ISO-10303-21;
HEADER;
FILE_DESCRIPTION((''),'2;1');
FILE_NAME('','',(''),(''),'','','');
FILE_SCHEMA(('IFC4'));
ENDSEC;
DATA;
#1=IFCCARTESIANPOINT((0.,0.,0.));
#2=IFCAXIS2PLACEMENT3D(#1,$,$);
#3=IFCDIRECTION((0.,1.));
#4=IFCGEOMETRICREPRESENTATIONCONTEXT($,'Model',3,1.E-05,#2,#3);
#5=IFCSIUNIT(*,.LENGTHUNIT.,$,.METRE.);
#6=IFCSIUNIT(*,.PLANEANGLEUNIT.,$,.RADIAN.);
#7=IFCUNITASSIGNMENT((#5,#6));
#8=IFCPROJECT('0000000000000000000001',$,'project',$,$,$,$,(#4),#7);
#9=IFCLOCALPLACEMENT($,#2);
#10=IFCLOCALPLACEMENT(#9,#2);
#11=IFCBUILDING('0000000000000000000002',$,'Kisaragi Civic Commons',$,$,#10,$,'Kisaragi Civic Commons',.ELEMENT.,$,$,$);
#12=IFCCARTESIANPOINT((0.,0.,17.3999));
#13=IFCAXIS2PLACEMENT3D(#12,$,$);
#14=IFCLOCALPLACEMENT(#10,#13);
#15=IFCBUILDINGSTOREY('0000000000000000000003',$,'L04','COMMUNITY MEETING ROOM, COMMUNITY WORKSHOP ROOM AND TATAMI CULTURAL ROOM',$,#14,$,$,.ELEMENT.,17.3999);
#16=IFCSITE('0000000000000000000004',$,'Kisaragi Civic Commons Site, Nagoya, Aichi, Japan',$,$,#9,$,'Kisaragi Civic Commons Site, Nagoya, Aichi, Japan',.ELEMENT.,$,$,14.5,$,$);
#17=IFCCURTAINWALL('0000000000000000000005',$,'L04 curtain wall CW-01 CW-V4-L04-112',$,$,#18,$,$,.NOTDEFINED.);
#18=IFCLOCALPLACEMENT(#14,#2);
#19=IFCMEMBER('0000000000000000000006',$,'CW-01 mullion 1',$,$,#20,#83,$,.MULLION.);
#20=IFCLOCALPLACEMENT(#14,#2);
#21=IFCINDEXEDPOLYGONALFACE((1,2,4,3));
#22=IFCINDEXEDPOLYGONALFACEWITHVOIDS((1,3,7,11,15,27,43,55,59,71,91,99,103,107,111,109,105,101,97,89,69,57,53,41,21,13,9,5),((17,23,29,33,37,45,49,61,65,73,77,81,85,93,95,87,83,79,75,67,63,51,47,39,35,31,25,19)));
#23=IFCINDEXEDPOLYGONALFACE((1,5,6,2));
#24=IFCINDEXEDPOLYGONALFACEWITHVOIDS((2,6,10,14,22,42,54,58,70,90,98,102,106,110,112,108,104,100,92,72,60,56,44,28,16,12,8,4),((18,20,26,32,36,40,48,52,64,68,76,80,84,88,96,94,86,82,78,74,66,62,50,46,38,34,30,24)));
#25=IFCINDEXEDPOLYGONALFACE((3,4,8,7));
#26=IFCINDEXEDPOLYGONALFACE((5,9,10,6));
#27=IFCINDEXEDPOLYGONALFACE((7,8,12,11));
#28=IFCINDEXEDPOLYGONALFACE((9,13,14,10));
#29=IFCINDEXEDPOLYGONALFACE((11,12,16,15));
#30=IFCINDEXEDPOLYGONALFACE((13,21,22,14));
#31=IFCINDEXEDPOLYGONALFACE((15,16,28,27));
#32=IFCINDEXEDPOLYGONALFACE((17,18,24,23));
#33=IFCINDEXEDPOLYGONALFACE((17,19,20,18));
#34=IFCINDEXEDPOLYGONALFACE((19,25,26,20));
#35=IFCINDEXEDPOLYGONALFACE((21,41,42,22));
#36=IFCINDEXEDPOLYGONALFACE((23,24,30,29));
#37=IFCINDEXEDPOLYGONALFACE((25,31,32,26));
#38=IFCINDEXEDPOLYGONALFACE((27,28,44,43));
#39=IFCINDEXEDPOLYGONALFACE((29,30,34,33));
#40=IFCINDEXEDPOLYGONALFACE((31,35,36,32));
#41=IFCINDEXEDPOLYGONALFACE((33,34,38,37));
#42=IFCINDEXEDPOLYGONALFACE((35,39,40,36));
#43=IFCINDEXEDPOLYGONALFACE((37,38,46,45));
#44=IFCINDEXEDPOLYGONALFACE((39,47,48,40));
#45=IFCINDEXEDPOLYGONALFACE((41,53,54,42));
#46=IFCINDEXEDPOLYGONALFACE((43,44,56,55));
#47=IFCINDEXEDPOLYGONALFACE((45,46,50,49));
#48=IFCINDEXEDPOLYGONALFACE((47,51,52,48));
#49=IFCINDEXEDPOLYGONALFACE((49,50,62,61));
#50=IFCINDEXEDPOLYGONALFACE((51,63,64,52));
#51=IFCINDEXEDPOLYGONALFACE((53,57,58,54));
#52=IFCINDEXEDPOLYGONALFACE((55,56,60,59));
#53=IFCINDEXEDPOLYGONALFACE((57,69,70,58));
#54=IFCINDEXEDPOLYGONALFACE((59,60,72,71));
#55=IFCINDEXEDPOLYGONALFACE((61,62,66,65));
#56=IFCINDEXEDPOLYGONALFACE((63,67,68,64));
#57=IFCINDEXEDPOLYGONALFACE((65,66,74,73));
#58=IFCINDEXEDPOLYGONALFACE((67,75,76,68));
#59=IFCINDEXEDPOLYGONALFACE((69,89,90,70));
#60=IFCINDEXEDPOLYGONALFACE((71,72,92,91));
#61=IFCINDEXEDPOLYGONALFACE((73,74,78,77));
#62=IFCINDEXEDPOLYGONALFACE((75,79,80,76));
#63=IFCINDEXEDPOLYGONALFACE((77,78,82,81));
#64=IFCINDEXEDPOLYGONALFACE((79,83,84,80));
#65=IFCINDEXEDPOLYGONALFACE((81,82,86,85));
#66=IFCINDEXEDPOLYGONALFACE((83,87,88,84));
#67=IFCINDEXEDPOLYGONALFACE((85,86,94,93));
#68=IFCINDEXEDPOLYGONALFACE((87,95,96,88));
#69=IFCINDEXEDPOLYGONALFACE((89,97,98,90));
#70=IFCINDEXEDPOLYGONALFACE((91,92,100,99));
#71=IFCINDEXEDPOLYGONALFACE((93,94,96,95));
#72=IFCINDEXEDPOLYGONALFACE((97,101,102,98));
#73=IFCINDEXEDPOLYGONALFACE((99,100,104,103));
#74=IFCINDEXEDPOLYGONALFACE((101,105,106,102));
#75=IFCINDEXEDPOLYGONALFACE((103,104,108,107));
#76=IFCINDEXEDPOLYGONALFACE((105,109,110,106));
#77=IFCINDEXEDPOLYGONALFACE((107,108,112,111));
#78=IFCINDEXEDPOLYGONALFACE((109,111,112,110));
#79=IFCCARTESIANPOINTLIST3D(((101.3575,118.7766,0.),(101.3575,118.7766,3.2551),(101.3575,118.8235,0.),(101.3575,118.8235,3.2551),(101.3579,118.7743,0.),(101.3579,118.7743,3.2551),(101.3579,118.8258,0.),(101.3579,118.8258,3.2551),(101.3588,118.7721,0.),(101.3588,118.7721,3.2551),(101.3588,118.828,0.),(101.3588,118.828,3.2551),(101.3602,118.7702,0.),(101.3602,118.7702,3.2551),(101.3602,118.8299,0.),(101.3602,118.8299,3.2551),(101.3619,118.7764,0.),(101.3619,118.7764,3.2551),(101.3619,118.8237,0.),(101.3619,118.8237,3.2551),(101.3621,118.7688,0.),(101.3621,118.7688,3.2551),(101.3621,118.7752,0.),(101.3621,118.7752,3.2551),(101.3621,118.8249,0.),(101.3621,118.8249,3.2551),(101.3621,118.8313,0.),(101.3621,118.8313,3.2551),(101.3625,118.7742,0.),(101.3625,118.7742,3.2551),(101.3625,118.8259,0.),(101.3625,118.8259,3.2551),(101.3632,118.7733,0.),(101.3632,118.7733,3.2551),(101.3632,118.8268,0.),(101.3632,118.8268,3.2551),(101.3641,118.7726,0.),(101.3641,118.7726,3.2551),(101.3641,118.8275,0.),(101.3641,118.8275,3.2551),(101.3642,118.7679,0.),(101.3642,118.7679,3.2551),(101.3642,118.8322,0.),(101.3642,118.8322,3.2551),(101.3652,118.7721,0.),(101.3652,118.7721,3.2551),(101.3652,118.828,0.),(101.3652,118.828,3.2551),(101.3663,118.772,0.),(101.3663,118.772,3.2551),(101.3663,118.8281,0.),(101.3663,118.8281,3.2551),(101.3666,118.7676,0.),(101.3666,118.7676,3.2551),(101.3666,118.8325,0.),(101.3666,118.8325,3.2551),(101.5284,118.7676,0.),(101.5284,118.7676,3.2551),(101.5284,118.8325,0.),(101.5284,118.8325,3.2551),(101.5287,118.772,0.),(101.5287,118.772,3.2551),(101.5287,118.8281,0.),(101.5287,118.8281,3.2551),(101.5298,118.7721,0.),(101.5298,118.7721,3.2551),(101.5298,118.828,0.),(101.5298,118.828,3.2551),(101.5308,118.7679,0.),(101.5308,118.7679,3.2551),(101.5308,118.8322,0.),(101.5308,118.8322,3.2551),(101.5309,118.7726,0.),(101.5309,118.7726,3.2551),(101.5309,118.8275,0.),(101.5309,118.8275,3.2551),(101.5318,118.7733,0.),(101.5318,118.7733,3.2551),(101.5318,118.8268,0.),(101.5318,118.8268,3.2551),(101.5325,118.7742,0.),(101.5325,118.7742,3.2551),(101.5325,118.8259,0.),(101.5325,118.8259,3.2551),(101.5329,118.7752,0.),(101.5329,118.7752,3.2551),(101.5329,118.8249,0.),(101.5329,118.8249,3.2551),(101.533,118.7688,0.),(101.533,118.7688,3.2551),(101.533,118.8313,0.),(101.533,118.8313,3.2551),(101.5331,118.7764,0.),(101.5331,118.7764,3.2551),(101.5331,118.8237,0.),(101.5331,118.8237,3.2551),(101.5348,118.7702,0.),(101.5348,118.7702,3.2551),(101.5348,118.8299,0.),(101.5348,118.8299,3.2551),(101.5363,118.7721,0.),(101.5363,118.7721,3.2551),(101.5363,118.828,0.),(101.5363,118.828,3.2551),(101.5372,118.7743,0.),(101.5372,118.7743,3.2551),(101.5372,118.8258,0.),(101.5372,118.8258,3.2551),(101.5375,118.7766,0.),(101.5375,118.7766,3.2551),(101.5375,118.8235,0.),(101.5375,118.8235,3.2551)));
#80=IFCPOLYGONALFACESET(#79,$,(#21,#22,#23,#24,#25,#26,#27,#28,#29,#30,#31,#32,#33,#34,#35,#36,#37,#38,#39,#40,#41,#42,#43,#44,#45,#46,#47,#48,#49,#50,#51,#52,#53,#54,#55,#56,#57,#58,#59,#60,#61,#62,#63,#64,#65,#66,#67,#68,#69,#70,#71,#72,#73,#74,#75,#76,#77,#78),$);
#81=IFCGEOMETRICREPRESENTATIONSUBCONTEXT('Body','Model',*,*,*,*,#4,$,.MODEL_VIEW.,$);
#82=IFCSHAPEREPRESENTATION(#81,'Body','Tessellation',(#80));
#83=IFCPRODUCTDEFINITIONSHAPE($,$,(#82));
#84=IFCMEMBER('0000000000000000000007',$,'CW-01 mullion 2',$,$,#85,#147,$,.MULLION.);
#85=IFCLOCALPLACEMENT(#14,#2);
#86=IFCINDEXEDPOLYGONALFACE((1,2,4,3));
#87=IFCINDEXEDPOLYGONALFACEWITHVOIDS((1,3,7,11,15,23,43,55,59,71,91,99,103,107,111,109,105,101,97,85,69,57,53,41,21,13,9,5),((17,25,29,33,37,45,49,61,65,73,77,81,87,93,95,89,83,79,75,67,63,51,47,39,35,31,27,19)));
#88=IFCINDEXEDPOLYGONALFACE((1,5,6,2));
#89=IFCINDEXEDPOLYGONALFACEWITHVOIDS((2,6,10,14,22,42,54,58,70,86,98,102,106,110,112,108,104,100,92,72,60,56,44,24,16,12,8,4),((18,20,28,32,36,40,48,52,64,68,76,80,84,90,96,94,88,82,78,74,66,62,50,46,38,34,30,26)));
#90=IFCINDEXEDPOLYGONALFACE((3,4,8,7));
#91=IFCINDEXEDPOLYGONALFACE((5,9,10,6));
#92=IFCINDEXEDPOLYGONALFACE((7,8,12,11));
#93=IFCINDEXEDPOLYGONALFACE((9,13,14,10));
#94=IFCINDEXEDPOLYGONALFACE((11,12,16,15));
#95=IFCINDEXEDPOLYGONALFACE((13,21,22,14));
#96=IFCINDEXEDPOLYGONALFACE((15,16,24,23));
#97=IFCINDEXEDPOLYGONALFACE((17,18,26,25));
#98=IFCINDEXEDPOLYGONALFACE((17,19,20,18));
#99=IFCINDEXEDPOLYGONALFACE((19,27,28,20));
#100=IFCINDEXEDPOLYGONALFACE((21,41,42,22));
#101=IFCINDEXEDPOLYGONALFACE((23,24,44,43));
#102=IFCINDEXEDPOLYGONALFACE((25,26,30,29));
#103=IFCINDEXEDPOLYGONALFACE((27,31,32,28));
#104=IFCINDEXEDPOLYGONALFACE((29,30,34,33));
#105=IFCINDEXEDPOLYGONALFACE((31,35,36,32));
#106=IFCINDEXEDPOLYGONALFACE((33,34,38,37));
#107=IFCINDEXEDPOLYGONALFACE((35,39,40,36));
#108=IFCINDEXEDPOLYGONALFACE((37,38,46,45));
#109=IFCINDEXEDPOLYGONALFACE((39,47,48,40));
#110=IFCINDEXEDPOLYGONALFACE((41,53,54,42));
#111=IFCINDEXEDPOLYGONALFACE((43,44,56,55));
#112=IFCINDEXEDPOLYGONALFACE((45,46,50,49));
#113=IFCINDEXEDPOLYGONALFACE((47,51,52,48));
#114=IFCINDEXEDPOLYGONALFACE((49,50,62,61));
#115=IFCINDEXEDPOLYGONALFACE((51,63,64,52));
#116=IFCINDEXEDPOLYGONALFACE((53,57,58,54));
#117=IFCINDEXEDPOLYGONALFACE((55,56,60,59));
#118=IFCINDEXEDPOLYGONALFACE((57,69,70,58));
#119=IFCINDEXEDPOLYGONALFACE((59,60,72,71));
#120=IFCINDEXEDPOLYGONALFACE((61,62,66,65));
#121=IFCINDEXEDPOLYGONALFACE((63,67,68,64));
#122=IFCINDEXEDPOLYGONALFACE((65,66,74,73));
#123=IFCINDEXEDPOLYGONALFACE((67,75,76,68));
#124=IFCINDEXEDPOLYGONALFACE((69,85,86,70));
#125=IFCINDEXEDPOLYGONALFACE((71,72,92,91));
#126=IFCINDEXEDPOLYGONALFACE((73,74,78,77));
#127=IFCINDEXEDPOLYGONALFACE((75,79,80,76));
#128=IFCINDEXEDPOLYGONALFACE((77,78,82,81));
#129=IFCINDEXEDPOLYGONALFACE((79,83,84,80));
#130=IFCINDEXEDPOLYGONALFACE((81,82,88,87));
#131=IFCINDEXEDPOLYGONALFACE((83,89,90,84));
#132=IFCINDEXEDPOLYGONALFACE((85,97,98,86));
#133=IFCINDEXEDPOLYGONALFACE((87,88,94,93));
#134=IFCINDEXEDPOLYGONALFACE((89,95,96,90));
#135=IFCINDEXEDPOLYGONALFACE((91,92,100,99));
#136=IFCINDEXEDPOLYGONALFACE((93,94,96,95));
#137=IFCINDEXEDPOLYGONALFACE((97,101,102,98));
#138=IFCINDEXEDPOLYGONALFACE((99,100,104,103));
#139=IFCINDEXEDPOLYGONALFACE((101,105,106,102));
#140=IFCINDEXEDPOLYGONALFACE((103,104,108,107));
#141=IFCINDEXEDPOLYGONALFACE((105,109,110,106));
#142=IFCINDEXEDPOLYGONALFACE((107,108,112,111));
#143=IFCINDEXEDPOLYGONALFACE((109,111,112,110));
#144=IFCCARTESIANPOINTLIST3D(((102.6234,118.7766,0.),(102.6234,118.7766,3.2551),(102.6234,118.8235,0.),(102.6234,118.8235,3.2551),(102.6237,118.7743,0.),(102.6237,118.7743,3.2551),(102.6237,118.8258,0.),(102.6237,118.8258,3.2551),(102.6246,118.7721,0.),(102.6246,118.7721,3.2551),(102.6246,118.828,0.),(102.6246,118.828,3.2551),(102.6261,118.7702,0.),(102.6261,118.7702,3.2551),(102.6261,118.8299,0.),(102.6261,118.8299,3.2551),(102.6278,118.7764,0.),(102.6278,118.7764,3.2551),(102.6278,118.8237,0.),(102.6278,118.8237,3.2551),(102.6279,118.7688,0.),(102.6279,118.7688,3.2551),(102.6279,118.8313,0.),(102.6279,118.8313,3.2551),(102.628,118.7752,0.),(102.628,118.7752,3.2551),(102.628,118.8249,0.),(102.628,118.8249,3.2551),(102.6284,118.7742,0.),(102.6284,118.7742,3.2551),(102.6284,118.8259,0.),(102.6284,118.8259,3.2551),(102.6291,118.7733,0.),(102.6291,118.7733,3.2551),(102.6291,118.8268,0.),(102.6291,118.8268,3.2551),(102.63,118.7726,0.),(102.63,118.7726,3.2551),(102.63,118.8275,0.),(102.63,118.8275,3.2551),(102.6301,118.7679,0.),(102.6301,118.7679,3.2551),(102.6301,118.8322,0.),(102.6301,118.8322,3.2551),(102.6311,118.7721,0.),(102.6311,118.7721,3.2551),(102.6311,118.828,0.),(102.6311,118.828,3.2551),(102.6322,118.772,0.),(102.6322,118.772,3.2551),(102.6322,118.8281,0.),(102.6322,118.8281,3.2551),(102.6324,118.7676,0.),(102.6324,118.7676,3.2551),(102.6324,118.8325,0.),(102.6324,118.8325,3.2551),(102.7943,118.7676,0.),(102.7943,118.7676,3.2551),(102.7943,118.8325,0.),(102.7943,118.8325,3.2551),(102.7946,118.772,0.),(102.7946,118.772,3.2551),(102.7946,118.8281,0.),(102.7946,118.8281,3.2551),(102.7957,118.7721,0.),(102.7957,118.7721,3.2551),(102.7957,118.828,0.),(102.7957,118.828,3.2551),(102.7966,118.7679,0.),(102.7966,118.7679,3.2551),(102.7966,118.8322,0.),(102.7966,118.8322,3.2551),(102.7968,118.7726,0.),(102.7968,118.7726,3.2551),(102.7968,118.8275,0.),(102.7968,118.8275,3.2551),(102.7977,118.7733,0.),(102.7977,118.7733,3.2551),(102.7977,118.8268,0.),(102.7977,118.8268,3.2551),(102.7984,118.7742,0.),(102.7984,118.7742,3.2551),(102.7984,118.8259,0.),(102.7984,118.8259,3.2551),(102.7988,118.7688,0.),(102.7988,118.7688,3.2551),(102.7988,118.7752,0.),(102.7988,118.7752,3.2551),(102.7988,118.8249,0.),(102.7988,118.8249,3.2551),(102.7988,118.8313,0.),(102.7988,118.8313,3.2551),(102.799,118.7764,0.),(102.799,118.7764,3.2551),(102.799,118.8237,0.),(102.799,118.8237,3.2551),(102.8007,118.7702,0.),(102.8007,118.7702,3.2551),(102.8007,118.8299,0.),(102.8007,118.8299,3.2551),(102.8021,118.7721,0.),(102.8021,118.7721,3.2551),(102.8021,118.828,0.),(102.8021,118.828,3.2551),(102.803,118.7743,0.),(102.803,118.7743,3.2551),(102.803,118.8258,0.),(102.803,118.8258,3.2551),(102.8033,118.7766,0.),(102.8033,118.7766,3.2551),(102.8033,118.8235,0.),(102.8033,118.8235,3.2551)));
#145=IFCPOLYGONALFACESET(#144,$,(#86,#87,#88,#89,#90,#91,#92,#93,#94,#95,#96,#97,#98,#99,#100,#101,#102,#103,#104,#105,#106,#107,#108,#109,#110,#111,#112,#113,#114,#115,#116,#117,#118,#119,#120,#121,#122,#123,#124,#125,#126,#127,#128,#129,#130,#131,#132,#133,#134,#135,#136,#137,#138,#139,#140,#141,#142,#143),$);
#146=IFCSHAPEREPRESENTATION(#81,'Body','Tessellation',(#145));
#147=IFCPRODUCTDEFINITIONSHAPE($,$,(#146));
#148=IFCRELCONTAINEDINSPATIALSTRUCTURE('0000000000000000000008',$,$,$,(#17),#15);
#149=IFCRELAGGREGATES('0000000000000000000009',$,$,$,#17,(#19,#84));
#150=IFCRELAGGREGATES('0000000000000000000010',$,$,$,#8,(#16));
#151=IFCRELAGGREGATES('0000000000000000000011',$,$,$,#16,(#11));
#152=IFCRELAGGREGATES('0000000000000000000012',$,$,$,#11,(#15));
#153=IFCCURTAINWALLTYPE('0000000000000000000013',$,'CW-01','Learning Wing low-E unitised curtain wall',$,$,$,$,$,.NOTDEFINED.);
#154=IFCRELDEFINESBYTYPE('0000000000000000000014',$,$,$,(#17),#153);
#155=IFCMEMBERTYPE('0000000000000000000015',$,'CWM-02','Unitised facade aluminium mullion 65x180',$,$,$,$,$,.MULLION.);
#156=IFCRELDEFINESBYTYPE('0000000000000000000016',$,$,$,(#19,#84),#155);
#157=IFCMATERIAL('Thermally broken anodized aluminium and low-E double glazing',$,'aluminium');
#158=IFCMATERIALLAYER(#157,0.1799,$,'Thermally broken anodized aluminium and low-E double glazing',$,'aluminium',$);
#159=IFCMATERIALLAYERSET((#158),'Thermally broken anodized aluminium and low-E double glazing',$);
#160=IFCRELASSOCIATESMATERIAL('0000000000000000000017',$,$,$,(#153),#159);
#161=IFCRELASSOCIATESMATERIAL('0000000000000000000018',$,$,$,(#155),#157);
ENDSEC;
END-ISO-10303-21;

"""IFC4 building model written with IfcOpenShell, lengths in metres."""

from ifc_helpers import new_model, si_unit, direction, frame, origin, origin_2d, place, context, subcontext, project, spatial, hollow_rectangle, extrude, material, layer, layer_set, material_profile, profile_set, type_object, element, aggregate, save


model = new_model("IFC4")

# Units and contexts
model_context = context("Model", 3, precision=1e-05, world=origin(), true_north=direction((0.0, 1.0)))
body_context = subcontext(model_context, "Body", "Model", "MODEL_VIEW")
ifc_project = project(units=[si_unit("LENGTHUNIT", "METRE"), si_unit("PLANEANGLEUNIT", "RADIAN")], contexts=[model_context])

# Site, building, storey
site_placement = place(None, origin())
site = spatial("IfcSite", under=ifc_project, at=site_placement, Name="Kisaragi Civic Commons Site, Nagoya, Aichi, Japan", LongName="Kisaragi Civic Commons Site, Nagoya, Aichi, Japan", CompositionType="ELEMENT", RefElevation=14.5)
building_placement = place(site_placement, origin())
building = spatial("IfcBuilding", under=site, at=building_placement, Name="Kisaragi Civic Commons", LongName="Kisaragi Civic Commons", CompositionType="ELEMENT")
storey_placement = place(building_placement, frame((0.0, 0.0, 17.3999)))
storey = spatial("IfcBuildingStorey", under=building, at=storey_placement, Name="L04", Description="COMMUNITY MEETING ROOM, COMMUNITY WORKSHOP ROOM AND TATAMI CULTURAL ROOM", CompositionType="ELEMENT", Elevation=17.3999)

# Curtain wall, members
ifc_material_1 = material(Name="Thermally broken anodized aluminium and low-E double glazing", Category="aluminium")
ifc_layer_1 = layer(ifc_material_1, 0.1799, Name="Thermally broken anodized aluminium and low-E double glazing", Category="aluminium")
ifc_layer_set_1 = layer_set([ifc_layer_1], Name="Thermally broken anodized aluminium and low-E double glazing")
curtain_wall_type = type_object("IfcCurtainWallType", Name="CW-01", Description="Learning Wing low-E unitised curtain wall", PredefinedType="NOTDEFINED", material=ifc_layer_set_1)
ifc_material_profile_1 = material_profile(ifc_material_1, hollow_rectangle(XDim=0.0649, YDim=0.1799, WallThickness=0.0044, InnerFilletRadius=0.0044, OuterFilletRadius=0.009, at=origin_2d()), Name="CWM-65x180x4.5", Category="aluminium")
ifc_profile_set_1 = profile_set([ifc_material_profile_1], Name="Thermally broken anodized aluminium and low-E double glazing")
member_type_1 = type_object("IfcMemberType", Name="CWM-02", Description="Unitised facade aluminium mullion 65x180", PredefinedType="MULLION", material=ifc_profile_set_1)
curtain_wall_1_placement = place(storey_placement, origin())
curtain_wall_1 = element("IfcCurtainWall", 1, at=curtain_wall_1_placement, inside=storey, type_object=curtain_wall_type, Name="L04 curtain wall CW-01 CW-V4-L04-112", PredefinedType="NOTDEFINED")
member_1_placement = place(storey_placement, frame((101.4475, 118.8, 0.0), z_axis=(0.0, 0.0, 1.0), x_axis=(0.0, 1.0, 0.0)))
member_1 = element("IfcMember", 2, at=member_1_placement, type_object=member_type_1, Name="CW-01 mullion 1", PredefinedType="MULLION", context=body_context, shape_type="SweptSolid", body=[
    extrude(hollow_rectangle(XDim=0.0649, YDim=0.1799, WallThickness=0.0044, InnerFilletRadius=0.0044, OuterFilletRadius=0.009, at=origin_2d()), origin(), (0.0, 0.0, 1.0), 3.2551),
])
member_2_placement = place(storey_placement, frame((102.7134, 118.8, 0.0), z_axis=(0.0, 0.0, 1.0), x_axis=(0.0, 1.0, 0.0)))
member_2 = element("IfcMember", 3, at=member_2_placement, type_object=member_type_1, Name="CW-01 mullion 2", PredefinedType="MULLION", context=body_context, shape_type="SweptSolid", body=[
    extrude(hollow_rectangle(XDim=0.0649, YDim=0.1799, WallThickness=0.0044, InnerFilletRadius=0.0044, OuterFilletRadius=0.009, at=origin_2d()), origin(), (0.0, 0.0, 1.0), 3.2551),
])

aggregate(curtain_wall_1, [member_1, member_2])

save(model, "model.ifc")
